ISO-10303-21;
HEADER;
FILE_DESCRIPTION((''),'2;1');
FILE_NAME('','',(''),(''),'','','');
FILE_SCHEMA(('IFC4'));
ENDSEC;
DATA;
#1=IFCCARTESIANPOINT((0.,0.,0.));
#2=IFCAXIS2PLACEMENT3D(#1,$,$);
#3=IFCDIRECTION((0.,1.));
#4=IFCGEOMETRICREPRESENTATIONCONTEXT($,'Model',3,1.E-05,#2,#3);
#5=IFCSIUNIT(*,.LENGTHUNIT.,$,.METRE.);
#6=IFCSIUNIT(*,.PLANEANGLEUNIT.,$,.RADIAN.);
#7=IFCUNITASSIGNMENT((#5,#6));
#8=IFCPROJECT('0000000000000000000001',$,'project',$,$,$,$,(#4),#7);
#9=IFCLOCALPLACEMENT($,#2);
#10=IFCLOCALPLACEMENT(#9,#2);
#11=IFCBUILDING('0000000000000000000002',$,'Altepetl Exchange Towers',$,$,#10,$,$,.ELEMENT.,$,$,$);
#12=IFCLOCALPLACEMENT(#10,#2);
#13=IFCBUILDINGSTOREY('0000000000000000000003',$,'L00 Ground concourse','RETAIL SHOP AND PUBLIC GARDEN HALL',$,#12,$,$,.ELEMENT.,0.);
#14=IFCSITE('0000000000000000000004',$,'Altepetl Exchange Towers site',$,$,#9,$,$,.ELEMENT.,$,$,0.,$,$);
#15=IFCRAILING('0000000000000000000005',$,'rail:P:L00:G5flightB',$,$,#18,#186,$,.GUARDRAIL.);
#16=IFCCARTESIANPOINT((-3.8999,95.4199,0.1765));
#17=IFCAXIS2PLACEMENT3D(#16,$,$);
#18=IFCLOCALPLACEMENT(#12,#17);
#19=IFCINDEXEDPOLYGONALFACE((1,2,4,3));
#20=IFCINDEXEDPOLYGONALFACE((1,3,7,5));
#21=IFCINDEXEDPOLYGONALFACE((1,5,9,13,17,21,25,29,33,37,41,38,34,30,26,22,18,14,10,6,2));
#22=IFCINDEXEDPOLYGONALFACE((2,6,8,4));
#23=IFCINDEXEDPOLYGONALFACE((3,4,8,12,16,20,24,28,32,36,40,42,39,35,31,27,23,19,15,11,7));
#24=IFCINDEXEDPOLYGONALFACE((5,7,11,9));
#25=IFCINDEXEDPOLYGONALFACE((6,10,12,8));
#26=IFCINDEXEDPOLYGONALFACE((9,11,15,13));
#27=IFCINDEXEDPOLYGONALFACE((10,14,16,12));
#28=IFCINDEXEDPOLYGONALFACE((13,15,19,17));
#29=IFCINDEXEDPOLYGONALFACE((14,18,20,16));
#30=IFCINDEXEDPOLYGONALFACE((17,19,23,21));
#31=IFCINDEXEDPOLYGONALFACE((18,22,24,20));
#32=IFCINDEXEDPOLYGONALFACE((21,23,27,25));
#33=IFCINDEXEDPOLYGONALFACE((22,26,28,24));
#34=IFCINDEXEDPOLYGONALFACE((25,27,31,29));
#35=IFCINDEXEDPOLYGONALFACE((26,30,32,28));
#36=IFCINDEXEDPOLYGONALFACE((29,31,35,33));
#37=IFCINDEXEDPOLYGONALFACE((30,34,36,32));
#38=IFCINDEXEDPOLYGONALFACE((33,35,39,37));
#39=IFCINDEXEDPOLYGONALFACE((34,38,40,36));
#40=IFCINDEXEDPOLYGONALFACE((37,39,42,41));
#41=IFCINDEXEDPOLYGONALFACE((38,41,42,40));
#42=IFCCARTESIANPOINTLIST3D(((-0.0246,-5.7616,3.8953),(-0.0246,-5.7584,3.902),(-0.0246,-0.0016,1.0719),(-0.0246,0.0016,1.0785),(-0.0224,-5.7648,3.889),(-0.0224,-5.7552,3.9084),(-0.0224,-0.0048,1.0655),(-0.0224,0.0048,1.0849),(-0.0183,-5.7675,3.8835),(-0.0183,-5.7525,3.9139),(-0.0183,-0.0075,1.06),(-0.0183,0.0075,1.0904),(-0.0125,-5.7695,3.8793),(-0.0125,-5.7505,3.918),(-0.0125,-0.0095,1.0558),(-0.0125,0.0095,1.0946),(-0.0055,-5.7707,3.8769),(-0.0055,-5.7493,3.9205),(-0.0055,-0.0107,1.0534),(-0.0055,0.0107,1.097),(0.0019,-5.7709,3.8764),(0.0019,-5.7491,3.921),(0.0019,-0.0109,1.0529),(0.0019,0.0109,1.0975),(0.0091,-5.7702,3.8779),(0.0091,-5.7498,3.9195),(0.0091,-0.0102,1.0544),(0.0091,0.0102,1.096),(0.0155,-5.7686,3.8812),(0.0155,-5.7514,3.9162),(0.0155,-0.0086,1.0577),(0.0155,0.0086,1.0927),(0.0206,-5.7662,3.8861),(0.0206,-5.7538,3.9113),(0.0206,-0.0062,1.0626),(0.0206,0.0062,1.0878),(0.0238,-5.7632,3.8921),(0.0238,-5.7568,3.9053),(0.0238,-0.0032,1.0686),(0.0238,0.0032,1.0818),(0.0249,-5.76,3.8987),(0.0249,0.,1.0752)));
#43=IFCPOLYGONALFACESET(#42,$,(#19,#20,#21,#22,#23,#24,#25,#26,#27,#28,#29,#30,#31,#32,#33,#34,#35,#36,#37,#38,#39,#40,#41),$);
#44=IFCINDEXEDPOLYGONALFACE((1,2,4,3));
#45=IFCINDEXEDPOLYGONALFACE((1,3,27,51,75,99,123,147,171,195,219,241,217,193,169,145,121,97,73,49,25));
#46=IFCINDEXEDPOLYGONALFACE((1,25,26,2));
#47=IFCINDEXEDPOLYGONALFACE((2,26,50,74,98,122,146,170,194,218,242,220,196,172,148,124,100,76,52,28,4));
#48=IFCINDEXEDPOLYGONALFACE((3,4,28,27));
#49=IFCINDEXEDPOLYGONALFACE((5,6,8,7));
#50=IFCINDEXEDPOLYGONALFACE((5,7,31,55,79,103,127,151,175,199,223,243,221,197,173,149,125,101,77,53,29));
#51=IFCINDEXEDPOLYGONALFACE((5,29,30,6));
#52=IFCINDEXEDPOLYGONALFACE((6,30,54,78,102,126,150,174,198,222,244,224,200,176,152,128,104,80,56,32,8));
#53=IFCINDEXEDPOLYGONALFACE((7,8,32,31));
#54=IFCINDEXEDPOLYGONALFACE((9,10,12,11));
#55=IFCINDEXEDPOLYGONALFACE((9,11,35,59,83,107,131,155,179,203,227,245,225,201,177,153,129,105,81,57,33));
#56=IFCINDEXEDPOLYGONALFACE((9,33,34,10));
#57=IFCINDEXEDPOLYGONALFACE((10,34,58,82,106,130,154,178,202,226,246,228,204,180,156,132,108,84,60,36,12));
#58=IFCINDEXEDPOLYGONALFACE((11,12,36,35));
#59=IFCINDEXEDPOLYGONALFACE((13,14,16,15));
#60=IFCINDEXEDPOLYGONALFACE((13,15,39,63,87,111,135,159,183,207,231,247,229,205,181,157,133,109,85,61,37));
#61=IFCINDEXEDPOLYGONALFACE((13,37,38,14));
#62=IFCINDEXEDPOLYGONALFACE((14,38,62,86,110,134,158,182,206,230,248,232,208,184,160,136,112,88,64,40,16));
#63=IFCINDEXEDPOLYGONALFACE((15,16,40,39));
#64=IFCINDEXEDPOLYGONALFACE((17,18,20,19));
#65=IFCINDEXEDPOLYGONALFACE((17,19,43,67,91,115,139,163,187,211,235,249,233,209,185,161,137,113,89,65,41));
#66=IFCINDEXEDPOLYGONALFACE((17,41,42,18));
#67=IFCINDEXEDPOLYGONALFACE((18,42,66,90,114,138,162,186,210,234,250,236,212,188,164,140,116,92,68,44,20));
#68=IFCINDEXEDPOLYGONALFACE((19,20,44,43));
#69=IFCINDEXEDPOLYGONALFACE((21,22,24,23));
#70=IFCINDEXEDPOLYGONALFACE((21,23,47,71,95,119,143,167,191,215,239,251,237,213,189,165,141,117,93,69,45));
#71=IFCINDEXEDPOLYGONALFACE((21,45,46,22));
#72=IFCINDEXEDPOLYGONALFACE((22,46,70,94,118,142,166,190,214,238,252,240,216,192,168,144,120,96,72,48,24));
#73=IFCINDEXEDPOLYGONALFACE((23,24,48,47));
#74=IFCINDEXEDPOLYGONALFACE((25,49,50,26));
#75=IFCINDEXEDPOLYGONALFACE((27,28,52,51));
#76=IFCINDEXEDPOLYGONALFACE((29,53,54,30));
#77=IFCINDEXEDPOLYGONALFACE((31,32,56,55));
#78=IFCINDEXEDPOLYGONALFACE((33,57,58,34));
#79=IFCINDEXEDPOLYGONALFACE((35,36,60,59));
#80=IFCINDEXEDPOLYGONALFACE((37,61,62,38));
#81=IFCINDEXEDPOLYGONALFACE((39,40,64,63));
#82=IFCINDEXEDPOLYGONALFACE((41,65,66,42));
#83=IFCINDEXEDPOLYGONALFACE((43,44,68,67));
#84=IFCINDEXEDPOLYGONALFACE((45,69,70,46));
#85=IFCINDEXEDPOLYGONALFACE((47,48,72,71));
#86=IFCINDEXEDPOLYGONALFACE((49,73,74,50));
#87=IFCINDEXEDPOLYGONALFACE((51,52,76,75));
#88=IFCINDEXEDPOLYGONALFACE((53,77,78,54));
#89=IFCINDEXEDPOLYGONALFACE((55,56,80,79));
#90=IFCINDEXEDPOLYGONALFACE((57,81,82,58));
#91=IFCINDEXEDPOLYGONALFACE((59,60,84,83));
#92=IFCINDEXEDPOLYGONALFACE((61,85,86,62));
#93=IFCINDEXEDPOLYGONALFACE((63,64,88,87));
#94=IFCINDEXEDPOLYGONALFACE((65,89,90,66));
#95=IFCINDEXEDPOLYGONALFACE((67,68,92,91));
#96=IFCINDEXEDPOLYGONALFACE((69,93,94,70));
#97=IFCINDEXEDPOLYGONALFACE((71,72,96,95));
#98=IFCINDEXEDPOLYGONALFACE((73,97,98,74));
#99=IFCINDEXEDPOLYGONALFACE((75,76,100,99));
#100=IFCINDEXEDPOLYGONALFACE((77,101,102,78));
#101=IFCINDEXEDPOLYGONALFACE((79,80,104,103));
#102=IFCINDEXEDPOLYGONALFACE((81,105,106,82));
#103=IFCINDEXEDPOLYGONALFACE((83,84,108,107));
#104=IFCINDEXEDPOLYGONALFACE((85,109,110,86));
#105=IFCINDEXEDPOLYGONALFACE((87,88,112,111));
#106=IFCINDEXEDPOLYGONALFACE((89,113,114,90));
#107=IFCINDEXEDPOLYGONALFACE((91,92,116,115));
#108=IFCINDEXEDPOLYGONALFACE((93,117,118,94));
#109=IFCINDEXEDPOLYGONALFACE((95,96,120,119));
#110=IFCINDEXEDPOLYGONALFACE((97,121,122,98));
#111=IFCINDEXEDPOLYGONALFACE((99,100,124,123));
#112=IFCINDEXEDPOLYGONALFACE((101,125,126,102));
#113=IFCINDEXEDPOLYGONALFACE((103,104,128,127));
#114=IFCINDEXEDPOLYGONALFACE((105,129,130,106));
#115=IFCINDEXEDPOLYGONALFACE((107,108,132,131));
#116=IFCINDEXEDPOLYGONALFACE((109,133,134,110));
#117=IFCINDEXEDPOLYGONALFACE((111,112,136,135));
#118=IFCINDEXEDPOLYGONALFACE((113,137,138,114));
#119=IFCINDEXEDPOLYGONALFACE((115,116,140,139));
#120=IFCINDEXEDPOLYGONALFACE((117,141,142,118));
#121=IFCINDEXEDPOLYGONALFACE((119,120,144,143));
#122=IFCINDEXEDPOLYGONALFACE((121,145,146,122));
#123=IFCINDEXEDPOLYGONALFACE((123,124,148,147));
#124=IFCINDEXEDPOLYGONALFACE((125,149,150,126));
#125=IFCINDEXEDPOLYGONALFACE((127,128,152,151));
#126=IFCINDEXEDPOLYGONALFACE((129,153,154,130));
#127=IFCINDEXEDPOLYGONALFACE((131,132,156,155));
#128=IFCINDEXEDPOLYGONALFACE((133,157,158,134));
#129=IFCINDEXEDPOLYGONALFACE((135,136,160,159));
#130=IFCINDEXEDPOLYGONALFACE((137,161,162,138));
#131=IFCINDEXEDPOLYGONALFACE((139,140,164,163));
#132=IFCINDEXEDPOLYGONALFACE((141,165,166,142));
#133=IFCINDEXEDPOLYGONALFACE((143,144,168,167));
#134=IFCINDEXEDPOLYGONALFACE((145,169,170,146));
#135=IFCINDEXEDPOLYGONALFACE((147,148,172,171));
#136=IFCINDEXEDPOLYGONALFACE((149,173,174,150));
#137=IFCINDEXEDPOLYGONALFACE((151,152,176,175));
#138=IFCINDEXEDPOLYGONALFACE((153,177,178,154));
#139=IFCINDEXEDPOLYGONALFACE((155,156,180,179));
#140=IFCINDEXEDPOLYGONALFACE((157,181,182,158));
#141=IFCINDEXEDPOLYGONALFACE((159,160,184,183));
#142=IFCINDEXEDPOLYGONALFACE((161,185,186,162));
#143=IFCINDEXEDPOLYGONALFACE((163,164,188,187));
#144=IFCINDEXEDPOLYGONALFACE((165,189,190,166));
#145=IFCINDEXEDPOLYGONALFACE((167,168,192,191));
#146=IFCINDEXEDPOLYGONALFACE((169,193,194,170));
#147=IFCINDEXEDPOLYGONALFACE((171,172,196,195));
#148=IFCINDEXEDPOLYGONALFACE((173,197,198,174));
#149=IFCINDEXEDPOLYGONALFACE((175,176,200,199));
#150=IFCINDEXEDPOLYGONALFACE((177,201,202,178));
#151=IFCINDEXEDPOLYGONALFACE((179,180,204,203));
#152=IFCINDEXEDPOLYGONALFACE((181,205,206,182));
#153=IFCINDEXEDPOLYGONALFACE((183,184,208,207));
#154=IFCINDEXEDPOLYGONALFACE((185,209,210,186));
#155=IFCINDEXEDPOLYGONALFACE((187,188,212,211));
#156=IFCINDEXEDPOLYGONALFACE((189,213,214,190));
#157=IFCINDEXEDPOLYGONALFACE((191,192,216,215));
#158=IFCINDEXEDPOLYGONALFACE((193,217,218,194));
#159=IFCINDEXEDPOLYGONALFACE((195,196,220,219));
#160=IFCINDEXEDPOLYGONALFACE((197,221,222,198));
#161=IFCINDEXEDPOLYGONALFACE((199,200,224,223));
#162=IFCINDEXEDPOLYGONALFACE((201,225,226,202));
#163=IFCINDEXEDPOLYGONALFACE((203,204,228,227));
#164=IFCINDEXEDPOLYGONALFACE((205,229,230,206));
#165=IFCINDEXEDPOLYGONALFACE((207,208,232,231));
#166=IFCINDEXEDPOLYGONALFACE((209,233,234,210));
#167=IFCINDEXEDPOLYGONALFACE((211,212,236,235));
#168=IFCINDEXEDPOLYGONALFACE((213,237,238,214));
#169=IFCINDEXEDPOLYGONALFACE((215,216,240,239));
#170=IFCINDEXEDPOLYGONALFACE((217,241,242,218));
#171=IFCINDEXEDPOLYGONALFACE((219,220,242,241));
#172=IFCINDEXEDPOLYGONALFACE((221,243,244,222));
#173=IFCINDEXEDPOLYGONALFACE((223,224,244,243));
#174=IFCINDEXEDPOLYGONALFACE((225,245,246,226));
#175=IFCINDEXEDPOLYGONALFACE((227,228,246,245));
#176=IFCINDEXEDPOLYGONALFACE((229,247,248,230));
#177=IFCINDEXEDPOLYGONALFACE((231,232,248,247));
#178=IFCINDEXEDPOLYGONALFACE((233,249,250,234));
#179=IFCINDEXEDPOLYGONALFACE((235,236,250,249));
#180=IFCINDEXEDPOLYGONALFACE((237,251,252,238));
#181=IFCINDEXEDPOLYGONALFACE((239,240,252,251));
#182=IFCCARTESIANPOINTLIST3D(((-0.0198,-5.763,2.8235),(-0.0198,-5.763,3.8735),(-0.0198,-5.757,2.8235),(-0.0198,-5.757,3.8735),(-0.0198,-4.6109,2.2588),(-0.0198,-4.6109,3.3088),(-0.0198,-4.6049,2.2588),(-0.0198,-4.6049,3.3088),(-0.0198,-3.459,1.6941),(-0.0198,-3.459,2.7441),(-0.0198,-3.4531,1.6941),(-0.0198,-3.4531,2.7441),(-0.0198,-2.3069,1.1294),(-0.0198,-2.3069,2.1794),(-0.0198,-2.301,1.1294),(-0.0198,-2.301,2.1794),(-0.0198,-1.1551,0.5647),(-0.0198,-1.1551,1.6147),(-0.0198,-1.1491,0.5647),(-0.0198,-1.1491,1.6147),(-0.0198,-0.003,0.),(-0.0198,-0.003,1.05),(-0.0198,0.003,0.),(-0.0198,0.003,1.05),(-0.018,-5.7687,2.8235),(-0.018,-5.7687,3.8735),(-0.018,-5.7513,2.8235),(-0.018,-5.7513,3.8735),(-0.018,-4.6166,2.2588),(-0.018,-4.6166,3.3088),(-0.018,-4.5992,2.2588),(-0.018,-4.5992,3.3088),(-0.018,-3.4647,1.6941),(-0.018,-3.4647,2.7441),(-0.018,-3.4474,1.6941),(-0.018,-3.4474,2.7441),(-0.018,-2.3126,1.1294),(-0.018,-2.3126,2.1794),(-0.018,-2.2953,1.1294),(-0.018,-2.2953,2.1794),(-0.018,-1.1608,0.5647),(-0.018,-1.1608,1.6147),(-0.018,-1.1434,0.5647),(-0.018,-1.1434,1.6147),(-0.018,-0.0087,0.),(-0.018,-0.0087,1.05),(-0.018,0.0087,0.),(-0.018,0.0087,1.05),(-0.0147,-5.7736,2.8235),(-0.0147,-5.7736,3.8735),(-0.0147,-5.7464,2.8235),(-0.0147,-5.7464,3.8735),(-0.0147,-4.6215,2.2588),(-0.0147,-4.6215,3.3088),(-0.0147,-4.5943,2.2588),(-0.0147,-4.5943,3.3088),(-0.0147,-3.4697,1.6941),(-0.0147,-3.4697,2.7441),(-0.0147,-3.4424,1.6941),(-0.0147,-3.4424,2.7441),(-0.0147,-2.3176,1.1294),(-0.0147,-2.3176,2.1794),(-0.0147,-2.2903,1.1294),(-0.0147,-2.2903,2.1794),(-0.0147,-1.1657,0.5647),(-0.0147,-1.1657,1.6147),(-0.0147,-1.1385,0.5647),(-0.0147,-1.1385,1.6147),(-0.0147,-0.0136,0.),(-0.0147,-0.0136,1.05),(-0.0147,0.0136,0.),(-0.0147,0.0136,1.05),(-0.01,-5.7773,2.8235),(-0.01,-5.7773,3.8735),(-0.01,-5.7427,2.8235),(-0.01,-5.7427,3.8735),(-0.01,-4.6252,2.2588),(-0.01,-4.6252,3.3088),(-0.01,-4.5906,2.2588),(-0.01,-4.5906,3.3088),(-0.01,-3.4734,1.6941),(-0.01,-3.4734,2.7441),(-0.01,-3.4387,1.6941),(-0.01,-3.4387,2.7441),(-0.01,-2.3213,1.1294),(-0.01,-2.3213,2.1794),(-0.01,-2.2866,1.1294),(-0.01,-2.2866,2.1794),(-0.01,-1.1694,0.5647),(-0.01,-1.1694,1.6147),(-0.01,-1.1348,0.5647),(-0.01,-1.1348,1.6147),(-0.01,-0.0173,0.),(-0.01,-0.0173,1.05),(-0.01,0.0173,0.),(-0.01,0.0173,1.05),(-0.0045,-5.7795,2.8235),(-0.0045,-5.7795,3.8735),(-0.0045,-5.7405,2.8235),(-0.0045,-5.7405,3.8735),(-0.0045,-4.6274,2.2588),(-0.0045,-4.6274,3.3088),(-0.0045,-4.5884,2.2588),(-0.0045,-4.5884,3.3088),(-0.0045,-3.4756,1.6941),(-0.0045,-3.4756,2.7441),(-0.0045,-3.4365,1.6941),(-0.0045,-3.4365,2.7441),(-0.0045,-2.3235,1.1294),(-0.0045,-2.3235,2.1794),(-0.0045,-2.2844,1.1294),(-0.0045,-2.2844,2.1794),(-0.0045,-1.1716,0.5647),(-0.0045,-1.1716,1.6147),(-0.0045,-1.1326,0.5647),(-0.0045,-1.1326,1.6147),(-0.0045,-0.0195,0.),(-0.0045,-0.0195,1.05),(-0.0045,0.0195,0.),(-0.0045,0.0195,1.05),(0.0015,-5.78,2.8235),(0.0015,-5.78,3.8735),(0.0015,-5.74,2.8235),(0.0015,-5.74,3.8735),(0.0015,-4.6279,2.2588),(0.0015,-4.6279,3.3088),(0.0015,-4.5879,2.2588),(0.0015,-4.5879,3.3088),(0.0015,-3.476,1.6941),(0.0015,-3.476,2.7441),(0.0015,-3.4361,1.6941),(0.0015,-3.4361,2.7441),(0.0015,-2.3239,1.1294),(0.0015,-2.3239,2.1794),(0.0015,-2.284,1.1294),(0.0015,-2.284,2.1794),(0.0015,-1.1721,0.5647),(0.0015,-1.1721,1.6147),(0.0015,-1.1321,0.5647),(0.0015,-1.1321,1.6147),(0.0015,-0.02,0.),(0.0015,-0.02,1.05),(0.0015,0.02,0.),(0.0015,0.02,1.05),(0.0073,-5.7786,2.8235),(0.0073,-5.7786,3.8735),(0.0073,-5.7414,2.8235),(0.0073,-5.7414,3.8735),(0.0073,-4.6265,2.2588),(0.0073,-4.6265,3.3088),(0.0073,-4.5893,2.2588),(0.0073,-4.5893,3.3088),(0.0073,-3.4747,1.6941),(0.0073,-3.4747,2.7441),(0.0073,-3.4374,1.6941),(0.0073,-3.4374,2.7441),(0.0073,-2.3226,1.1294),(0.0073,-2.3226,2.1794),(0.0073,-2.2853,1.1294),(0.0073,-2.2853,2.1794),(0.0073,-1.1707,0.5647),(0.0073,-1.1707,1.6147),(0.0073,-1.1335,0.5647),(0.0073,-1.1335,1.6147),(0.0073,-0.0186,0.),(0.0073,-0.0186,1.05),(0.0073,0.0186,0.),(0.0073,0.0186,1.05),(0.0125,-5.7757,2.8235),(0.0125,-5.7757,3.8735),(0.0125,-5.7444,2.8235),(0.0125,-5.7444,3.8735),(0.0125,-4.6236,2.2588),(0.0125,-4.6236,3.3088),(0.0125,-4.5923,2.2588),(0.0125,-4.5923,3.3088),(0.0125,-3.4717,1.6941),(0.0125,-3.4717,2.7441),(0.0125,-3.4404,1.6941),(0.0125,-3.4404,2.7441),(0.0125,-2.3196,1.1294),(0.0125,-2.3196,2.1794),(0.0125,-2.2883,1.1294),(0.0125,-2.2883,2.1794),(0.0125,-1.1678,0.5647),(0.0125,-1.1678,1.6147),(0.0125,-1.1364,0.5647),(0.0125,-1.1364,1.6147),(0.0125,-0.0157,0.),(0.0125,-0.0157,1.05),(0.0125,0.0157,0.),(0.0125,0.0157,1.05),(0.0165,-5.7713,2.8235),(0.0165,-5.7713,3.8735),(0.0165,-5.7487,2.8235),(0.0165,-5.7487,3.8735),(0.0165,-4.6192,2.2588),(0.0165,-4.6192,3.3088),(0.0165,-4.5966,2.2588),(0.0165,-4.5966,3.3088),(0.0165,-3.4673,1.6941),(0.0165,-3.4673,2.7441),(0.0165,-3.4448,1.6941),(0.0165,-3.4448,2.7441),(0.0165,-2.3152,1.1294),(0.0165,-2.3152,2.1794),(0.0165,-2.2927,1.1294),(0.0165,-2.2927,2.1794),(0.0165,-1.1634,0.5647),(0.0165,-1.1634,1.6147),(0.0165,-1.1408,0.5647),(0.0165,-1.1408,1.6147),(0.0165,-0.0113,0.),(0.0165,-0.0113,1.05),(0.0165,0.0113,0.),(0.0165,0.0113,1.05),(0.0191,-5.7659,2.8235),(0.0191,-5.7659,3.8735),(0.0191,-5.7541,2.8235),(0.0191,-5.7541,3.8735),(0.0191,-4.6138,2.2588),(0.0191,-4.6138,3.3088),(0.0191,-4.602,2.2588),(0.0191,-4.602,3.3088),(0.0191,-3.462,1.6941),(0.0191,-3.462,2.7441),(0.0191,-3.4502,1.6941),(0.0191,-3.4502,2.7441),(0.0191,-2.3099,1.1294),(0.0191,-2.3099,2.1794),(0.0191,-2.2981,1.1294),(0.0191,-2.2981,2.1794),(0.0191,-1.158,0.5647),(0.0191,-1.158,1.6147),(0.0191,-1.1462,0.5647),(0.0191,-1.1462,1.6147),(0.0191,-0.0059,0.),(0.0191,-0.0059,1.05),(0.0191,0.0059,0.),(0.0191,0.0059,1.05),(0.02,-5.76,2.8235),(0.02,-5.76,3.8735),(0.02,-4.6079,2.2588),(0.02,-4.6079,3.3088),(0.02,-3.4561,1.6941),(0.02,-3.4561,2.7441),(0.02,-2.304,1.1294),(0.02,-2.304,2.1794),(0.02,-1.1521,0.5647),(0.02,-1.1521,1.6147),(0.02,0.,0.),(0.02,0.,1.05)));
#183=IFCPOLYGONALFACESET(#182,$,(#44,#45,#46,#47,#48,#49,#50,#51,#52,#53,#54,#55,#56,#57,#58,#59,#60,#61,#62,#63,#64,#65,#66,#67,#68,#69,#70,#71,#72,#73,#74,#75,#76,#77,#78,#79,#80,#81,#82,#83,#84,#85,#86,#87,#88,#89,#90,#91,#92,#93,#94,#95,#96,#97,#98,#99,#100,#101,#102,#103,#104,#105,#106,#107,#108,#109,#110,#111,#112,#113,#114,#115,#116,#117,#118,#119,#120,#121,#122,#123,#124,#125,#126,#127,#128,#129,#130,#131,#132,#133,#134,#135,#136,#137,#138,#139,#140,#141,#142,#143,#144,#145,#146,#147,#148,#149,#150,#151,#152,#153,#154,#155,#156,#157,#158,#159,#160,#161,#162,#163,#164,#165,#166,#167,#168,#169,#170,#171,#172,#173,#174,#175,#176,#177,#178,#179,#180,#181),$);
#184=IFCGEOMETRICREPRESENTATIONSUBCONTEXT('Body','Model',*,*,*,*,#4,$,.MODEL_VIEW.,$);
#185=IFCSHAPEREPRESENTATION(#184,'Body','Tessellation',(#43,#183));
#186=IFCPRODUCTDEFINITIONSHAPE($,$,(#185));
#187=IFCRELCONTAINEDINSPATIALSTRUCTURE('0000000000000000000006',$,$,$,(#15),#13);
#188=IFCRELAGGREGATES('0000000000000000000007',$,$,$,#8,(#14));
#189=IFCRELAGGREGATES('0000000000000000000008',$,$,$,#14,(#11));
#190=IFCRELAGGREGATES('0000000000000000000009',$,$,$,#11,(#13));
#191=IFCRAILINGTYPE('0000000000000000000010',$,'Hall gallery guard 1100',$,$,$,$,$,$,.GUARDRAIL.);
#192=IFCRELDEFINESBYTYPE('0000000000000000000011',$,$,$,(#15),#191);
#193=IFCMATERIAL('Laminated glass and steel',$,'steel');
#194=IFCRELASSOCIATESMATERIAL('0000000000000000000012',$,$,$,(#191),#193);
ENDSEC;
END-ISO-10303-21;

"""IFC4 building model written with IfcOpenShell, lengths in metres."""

from ifc_helpers import new_model, si_unit, direction, frame, origin, origin_2d, place, context, subcontext, project, spatial, circle, extrude, source, transform, mapped, material, type_object, element, save


model = new_model("IFC4")

# Units and contexts
model_context = context("Model", 3, precision=1e-05, world=origin(), true_north=direction((0.0, 1.0)))
body_context = subcontext(model_context, "Body", "Model", "MODEL_VIEW")
ifc_project = project(units=[si_unit("LENGTHUNIT", "METRE"), si_unit("PLANEANGLEUNIT", "RADIAN")], contexts=[model_context])

# Site, building, storey
site_placement = place(None, origin())
site = spatial("IfcSite", under=ifc_project, at=site_placement, Name="Altepetl Exchange Towers site", CompositionType="ELEMENT", RefElevation=0.0)
building_placement = place(site_placement, origin())
building = spatial("IfcBuilding", under=site, at=building_placement, Name="Altepetl Exchange Towers", CompositionType="ELEMENT")
storey_placement = place(building_placement, origin())
storey = spatial("IfcBuildingStorey", under=building, at=storey_placement, Name="L00 Ground concourse", Description="RETAIL SHOP AND PUBLIC GARDEN HALL", CompositionType="ELEMENT", Elevation=0.0)

# Railing
ifc_material_1 = material(Name="Laminated glass and steel", Category="steel")
railing_type_1 = type_object("IfcRailingType", Name="Hall gallery guard 1100", PredefinedType="GUARDRAIL", material=ifc_material_1)
shared_shape_1 = source(origin(), body_context, "Body", "SweptSolid", [
    extrude(circle(Radius=0.02, at=origin_2d()), origin(), (0.0, 0.0, 1.0), 1.05),
])
for number, where, name in (
    (1, (-3.8999, 95.4199, 0.1765), "rail:P:L00:G5flightB"),
):
    element("IfcRailing", number, at=place(storey_placement, frame(where)), inside=storey, type_object=railing_type_1, Name=name, PredefinedType="GUARDRAIL", context=body_context, shape_type="SweptSolid", body=[
        extrude(circle(Radius=0.0249, at=origin_2d()), frame((0.0, 0.0, 1.0752), z_axis=(0.0, -0.897924, 0.440151), x_axis=(1.0, 0.0, 0.0)), (0.0, 0.0, 1.0), 6.4148),
        mapped(shared_shape_1, transform((0.0, 0.0, 0.0))),
        mapped(shared_shape_1, transform((0.0, -1.1521, 0.5647))),
        mapped(shared_shape_1, transform((0.0, -2.304, 1.1294))),
        mapped(shared_shape_1, transform((0.0, -3.4561, 1.6941))),
        mapped(shared_shape_1, transform((0.0, -4.6079, 2.2588))),
        mapped(shared_shape_1, transform((0.0, -5.76, 2.8235))),
    ])

save(model, "model.ifc")
